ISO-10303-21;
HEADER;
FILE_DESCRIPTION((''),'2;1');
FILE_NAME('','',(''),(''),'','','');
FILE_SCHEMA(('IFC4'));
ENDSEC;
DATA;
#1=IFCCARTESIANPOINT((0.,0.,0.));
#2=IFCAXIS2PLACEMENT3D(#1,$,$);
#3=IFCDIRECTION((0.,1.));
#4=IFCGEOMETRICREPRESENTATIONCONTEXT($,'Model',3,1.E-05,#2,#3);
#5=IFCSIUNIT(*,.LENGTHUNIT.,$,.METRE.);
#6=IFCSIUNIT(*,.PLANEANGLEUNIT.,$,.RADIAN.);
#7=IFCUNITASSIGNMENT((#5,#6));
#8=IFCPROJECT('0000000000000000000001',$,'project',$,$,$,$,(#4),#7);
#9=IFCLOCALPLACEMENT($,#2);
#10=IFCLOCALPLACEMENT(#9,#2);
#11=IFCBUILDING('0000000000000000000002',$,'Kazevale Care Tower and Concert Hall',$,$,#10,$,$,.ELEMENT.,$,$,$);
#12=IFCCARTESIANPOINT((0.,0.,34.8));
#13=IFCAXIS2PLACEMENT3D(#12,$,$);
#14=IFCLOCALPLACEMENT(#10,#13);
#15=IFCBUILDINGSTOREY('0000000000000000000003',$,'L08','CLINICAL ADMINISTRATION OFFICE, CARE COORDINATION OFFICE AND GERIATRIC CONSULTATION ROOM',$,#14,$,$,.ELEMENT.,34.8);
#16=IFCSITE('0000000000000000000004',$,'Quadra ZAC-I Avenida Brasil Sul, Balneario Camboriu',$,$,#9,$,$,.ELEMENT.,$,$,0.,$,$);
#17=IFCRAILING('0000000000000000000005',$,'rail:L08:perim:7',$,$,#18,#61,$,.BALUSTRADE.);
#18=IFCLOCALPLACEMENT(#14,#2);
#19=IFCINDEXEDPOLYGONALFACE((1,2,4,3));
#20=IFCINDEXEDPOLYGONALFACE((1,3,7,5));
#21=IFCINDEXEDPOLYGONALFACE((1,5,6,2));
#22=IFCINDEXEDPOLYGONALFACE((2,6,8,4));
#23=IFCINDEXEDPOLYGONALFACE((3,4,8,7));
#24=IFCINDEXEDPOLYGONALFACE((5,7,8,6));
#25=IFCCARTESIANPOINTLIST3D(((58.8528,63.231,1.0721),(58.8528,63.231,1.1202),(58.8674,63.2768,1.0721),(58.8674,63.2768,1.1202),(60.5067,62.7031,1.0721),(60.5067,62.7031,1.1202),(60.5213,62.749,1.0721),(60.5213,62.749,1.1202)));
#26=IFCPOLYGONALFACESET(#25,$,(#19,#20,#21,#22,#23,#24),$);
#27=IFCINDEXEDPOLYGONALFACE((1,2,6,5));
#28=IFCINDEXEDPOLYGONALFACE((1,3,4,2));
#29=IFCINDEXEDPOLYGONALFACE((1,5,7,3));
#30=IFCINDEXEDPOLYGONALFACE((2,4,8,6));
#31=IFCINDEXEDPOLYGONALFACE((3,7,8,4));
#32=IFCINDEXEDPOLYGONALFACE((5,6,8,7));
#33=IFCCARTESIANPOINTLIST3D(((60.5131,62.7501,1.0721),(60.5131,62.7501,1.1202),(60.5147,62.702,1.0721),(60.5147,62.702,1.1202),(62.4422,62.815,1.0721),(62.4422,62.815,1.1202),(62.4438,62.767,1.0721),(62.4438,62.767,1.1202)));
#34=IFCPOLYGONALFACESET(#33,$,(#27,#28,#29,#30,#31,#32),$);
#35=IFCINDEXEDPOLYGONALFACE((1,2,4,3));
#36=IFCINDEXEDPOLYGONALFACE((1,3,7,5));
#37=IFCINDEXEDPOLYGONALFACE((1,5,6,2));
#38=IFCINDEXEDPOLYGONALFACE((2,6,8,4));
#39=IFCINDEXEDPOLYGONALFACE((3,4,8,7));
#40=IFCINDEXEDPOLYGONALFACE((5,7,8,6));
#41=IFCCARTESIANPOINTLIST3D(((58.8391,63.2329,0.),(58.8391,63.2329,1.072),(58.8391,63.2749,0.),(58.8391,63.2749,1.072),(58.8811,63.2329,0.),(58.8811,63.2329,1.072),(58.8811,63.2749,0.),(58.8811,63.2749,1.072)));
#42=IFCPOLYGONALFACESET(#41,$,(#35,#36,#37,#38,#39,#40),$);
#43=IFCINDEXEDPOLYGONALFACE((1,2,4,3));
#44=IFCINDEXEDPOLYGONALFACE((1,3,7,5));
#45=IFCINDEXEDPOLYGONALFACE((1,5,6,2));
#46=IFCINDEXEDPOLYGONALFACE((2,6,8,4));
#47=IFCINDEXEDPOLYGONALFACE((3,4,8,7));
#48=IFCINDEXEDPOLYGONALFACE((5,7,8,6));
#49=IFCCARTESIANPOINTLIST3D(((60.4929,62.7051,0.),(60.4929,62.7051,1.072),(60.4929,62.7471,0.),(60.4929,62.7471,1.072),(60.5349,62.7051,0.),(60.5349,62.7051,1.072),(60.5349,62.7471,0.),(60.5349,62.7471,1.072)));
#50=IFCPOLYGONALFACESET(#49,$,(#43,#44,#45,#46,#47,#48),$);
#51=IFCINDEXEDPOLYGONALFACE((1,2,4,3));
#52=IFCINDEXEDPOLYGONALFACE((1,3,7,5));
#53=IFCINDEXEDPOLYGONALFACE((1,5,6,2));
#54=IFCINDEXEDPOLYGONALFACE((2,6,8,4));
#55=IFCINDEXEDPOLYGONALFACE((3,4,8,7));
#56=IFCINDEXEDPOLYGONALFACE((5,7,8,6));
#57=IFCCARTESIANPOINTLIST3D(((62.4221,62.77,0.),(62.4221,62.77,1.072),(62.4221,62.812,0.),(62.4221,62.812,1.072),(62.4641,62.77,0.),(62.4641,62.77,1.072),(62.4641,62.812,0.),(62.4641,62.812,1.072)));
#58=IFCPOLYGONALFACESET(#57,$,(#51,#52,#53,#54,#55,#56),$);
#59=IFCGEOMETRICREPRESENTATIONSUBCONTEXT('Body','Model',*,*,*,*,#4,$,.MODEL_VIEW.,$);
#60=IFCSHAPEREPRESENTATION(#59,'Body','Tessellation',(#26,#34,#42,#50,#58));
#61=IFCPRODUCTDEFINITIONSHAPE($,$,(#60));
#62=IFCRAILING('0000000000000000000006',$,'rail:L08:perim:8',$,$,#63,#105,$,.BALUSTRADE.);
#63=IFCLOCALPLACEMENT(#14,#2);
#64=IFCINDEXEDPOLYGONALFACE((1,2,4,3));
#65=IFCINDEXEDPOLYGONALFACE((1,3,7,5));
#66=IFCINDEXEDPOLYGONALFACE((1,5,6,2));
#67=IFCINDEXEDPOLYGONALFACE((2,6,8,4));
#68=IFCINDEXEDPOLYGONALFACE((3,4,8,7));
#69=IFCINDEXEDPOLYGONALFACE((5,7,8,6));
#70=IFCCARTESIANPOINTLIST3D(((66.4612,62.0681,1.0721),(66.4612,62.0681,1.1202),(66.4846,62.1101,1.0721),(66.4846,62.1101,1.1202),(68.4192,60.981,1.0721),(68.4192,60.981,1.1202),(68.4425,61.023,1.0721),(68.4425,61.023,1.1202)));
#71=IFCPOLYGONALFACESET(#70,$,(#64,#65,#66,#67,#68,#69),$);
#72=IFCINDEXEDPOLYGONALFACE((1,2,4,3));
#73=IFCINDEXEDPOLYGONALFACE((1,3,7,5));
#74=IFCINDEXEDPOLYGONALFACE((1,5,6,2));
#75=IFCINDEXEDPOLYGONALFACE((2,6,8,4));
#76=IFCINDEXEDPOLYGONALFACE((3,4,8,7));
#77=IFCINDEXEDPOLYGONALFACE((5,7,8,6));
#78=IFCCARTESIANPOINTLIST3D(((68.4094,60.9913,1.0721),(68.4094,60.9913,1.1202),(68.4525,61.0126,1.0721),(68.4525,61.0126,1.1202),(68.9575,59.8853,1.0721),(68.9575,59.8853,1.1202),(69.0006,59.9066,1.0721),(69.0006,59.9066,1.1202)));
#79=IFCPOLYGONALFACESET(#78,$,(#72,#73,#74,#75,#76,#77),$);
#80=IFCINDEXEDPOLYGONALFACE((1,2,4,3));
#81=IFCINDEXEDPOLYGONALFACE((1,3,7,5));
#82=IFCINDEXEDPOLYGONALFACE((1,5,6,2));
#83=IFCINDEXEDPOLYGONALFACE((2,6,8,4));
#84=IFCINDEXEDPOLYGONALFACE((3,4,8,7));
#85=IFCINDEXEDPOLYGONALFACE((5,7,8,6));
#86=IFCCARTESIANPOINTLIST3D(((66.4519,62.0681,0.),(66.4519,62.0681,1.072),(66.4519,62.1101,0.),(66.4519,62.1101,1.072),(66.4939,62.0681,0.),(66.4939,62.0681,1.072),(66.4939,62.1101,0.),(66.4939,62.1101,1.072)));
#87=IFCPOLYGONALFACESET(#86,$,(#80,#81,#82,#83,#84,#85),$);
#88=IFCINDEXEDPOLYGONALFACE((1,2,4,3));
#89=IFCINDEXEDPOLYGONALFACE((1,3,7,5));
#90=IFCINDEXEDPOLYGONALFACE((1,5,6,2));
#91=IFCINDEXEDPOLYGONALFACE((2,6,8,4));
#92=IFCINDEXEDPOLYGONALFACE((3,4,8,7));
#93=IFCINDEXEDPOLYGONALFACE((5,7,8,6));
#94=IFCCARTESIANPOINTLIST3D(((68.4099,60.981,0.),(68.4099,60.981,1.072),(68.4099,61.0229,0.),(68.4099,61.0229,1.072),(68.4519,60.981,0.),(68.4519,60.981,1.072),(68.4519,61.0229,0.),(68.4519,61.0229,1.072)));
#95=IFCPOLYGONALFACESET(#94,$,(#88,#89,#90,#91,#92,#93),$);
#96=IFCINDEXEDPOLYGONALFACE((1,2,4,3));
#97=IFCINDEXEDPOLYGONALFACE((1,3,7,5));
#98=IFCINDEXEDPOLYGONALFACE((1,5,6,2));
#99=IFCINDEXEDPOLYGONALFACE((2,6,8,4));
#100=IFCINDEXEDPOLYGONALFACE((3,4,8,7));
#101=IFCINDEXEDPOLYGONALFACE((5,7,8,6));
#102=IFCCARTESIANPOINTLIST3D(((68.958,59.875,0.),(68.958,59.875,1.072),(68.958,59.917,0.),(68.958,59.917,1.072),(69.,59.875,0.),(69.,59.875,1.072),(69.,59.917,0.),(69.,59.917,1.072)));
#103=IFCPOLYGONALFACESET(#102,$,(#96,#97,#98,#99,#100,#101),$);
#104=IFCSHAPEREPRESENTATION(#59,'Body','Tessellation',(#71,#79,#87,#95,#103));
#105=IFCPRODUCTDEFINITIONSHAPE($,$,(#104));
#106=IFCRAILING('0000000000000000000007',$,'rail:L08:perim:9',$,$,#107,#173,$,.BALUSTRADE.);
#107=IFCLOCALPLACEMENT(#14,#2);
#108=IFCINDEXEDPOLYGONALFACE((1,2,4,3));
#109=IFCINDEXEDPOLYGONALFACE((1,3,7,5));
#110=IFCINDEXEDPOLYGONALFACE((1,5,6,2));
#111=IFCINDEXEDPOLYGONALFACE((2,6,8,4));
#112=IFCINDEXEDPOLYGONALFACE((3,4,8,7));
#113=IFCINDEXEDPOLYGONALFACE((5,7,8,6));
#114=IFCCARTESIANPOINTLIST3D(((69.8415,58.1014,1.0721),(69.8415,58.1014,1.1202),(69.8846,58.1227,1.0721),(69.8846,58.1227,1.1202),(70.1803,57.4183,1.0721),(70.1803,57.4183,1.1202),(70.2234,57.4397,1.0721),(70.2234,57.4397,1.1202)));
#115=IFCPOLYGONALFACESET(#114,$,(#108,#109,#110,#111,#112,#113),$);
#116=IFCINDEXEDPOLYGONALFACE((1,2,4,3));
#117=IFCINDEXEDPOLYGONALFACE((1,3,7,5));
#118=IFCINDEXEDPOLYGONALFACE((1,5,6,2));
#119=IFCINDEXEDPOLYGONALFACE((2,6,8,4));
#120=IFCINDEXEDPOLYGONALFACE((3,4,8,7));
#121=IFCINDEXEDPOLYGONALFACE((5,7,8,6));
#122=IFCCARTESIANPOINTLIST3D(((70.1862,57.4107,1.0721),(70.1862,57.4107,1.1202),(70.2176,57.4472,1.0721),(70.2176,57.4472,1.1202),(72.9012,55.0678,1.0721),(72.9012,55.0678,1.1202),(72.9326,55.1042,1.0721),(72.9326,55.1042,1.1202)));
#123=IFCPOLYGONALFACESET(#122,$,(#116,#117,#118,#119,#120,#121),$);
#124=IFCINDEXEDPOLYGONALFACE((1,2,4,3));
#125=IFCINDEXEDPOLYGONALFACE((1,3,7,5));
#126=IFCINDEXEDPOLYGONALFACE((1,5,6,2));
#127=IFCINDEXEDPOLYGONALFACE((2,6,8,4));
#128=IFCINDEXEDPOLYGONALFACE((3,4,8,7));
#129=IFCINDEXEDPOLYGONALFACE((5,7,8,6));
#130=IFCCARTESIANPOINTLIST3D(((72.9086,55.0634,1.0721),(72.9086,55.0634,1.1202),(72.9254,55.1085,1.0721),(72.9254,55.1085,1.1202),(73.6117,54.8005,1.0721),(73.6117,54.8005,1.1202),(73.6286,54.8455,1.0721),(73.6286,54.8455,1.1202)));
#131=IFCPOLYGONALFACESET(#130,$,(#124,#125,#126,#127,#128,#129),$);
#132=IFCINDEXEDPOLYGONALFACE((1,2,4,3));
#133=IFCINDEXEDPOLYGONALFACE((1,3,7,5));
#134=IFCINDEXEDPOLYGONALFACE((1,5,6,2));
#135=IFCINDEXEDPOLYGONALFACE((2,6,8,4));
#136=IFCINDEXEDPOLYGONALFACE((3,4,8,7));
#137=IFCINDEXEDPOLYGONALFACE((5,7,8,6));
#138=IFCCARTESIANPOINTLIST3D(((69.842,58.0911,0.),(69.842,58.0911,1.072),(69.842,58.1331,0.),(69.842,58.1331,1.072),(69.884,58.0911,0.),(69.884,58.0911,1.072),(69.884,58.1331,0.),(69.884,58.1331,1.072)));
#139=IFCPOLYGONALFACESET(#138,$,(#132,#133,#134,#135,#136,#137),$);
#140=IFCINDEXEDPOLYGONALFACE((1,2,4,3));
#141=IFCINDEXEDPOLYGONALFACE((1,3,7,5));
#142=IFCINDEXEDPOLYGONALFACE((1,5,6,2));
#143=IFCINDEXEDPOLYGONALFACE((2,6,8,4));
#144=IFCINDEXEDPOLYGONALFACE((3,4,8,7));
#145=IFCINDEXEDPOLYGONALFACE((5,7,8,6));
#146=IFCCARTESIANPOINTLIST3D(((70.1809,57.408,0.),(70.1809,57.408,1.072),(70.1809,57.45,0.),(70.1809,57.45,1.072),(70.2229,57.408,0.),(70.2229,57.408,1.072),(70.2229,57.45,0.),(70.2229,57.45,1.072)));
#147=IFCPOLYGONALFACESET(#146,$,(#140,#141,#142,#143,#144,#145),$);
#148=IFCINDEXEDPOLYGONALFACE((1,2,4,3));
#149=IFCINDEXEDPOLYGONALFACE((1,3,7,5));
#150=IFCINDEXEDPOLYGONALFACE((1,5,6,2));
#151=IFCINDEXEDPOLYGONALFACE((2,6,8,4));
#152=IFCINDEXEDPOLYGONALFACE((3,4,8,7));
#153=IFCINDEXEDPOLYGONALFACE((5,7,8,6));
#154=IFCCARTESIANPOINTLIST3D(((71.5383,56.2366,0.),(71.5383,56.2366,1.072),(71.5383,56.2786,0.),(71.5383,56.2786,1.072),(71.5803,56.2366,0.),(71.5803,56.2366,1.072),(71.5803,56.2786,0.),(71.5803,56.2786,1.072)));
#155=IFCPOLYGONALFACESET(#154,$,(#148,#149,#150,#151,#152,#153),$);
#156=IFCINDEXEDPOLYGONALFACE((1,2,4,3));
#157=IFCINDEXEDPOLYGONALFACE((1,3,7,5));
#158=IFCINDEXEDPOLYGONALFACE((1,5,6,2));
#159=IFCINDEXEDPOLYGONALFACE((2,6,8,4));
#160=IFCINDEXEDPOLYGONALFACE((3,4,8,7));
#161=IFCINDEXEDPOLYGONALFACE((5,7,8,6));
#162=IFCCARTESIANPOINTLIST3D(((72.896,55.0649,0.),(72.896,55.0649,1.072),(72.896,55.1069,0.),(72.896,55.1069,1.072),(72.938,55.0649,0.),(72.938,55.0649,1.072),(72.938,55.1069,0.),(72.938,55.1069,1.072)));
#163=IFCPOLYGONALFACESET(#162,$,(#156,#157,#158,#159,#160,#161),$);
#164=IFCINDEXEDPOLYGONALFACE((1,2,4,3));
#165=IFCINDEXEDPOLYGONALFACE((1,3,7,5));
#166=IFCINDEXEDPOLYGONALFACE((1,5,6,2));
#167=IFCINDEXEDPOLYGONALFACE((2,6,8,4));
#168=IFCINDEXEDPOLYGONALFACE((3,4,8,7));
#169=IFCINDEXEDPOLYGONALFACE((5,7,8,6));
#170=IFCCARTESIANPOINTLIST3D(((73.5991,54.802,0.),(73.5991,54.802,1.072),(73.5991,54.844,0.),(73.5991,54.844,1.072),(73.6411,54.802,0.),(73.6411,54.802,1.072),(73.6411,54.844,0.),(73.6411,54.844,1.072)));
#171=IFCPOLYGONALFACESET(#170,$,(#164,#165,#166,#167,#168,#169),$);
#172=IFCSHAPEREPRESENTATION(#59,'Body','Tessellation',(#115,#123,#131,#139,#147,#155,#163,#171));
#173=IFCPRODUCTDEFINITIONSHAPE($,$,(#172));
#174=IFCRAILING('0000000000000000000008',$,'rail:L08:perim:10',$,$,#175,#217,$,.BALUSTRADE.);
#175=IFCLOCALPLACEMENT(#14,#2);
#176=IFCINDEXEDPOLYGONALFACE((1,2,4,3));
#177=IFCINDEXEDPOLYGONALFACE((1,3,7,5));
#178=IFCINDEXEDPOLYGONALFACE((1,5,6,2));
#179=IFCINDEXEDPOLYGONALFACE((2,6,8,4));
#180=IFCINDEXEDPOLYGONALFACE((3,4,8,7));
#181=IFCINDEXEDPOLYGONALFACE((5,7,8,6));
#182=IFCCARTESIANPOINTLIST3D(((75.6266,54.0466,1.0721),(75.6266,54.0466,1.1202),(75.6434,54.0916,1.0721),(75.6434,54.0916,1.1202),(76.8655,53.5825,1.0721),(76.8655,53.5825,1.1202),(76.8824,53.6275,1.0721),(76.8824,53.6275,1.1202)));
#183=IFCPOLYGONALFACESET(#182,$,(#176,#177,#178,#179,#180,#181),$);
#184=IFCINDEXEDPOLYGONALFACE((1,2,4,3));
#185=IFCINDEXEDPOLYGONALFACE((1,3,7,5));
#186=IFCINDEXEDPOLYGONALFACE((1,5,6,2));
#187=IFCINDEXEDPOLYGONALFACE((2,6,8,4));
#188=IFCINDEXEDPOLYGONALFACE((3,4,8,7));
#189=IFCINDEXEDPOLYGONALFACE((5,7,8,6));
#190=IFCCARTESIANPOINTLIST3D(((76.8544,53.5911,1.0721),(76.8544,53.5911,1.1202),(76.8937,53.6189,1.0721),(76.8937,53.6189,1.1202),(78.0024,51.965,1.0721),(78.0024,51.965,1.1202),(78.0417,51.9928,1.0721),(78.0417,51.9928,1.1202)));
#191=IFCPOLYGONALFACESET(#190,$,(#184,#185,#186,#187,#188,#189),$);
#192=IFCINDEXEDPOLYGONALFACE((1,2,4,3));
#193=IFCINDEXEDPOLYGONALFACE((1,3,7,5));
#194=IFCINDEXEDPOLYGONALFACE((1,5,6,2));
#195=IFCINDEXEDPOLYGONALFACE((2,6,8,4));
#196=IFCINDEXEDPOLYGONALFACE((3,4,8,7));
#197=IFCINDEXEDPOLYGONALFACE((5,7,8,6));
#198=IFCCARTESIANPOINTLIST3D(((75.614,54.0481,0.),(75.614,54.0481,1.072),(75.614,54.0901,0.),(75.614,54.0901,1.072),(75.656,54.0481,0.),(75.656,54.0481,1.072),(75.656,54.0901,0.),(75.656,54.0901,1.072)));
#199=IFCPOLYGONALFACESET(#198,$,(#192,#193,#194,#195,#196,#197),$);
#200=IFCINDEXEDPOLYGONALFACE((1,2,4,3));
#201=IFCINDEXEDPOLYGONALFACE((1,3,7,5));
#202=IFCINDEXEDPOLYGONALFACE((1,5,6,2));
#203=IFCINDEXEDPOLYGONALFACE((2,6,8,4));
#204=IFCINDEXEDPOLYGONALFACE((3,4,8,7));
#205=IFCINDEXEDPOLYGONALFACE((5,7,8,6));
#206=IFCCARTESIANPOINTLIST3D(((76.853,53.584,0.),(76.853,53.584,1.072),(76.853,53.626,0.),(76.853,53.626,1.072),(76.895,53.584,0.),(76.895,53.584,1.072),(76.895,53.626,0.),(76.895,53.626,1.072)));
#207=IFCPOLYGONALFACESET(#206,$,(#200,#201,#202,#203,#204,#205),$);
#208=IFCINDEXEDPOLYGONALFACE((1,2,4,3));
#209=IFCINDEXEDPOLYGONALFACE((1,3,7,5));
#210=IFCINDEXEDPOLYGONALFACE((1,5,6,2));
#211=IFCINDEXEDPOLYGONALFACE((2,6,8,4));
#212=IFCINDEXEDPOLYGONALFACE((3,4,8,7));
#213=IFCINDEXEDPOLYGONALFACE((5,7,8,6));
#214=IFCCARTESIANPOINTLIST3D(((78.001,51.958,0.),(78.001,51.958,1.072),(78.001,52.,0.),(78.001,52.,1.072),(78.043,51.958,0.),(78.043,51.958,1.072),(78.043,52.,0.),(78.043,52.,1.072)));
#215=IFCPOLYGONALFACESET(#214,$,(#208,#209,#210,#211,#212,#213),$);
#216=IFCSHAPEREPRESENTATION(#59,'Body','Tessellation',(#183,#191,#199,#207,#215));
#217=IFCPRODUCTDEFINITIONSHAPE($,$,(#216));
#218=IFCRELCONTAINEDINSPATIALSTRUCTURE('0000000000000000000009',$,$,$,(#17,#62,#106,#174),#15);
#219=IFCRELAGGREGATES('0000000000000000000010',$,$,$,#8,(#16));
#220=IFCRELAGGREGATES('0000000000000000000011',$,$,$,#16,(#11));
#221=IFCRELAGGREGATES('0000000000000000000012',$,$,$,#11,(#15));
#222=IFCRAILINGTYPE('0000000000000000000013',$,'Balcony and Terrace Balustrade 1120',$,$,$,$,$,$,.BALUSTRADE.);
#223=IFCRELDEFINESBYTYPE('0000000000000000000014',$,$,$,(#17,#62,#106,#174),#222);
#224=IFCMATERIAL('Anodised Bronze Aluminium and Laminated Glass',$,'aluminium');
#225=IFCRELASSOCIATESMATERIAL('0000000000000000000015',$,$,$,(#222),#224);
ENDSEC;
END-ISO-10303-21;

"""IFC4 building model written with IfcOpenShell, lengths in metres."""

from ifc_helpers import new_model, si_unit, direction, frame, origin, origin_2d, place, context, subcontext, project, spatial, rectangle, extrude, material, type_object, element, save


model = new_model("IFC4")

# Units and contexts
model_context = context("Model", 3, precision=1e-05, world=origin(), true_north=direction((0.0, 1.0)))
body_context = subcontext(model_context, "Body", "Model", "MODEL_VIEW")
ifc_project = project(units=[si_unit("LENGTHUNIT", "METRE"), si_unit("PLANEANGLEUNIT", "RADIAN")], contexts=[model_context])

# Site, building, storey
site_placement = place(None, origin())
site = spatial("IfcSite", under=ifc_project, at=site_placement, Name="Quadra ZAC-I Avenida Brasil Sul, Balneario Camboriu", CompositionType="ELEMENT", RefElevation=0.0)
building_placement = place(site_placement, origin())
building = spatial("IfcBuilding", under=site, at=building_placement, Name="Kazevale Care Tower and Concert Hall", CompositionType="ELEMENT")
storey_placement = place(building_placement, frame((0.0, 0.0, 34.8)))
storey = spatial("IfcBuildingStorey", under=building, at=storey_placement, Name="L08", Description="CLINICAL ADMINISTRATION OFFICE, CARE COORDINATION OFFICE AND GERIATRIC CONSULTATION ROOM", CompositionType="ELEMENT", Elevation=34.8)

# Railings
ifc_material_1 = material(Name="Anodised Bronze Aluminium and Laminated Glass", Category="aluminium")
railing_type = type_object("IfcRailingType", Name="Balcony and Terrace Balustrade 1120", PredefinedType="BALUSTRADE", material=ifc_material_1)
railing_1_placement = place(storey_placement, frame((58.8601, 63.2539, 0.0)))
element("IfcRailing", 1, at=railing_1_placement, inside=storey, type_object=railing_type, Name="rail:L08:perim:7", PredefinedType="BALUSTRADE", context=body_context, shape_type="SweptSolid", body=[
    extrude(rectangle(XDim=0.0481, YDim=0.0481, at=origin_2d()), frame((0.0, 0.0, 1.0962), z_axis=(0.952656, -0.304051, 0.0), x_axis=(0.304051, 0.952656, 0.0)), (0.0, 0.0, 1.0), 1.7361),
    extrude(rectangle(XDim=0.0481, YDim=0.0481, at=origin_2d()), frame((1.6538, -0.5278, 1.0962), z_axis=(0.999434, 0.033643, 0.0), x_axis=(-0.033643, 0.999434, 0.0)), (0.0, 0.0, 1.0), 1.9302),
    extrude(rectangle(XDim=0.042, YDim=0.042, at=origin_2d()), origin(), (0.0, 0.0, 1.0), 1.072),
    extrude(rectangle(XDim=0.042, YDim=0.042, at=origin_2d()), frame((1.6538, -0.5278, 0.0)), (0.0, 0.0, 1.0), 1.072),
    extrude(rectangle(XDim=0.042, YDim=0.042, at=origin_2d()), frame((3.583, -0.4629, 0.0)), (0.0, 0.0, 1.0), 1.072),
])
railing_2_placement = place(storey_placement, frame((66.4729, 62.0891, 0.0)))
element("IfcRailing", 2, at=railing_2_placement, inside=storey, type_object=railing_type, Name="rail:L08:perim:8", PredefinedType="BALUSTRADE", context=body_context, shape_type="SweptSolid", body=[
    extrude(rectangle(XDim=0.0481, YDim=0.0481, at=origin_2d()), frame((0.0, 0.0, 1.0962), z_axis=(0.874276, -0.48543, 0.0), x_axis=(0.48543, 0.874276, 0.0)), (0.0, 0.0, 1.0), 2.2395),
    extrude(rectangle(XDim=0.0481, YDim=0.0481, at=origin_2d()), frame((1.958, -1.0872, 1.0962), z_axis=(0.444046, -0.896004, 0.0), x_axis=(0.896004, 0.444046, 0.0)), (0.0, 0.0, 1.0), 1.2344),
    extrude(rectangle(XDim=0.042, YDim=0.042, at=origin_2d()), origin(), (0.0, 0.0, 1.0), 1.072),
    extrude(rectangle(XDim=0.042, YDim=0.042, at=origin_2d()), frame((1.958, -1.0872, 0.0)), (0.0, 0.0, 1.0), 1.072),
    extrude(rectangle(XDim=0.042, YDim=0.042, at=origin_2d()), frame((2.5061, -2.1931, 0.0)), (0.0, 0.0, 1.0), 1.072),
])
railing_3_placement = place(storey_placement, frame((69.863, 58.1121, 0.0)))
element("IfcRailing", 3, at=railing_3_placement, inside=storey, type_object=railing_type, Name="rail:L08:perim:9", PredefinedType="BALUSTRADE", context=body_context, shape_type="SweptSolid", body=[
    extrude(rectangle(XDim=0.0481, YDim=0.0481, at=origin_2d()), frame((0.0, 0.0, 1.0962), z_axis=(0.444394, -0.895831, 0.0), x_axis=(0.895831, 0.444394, 0.0)), (0.0, 0.0, 1.0), 0.7625),
    extrude(rectangle(XDim=0.0481, YDim=0.0481, at=origin_2d()), frame((0.3389, -0.6831, 1.0962), z_axis=(0.757076, -0.653327, 0.0), x_axis=(0.653327, 0.757076, 0.0)), (0.0, 0.0, 1.0), 3.5862),
    extrude(rectangle(XDim=0.0481, YDim=0.0481, at=origin_2d()), frame((3.054, -3.0261, 1.0962), z_axis=(0.93665, -0.350268, 0.0), x_axis=(0.350268, 0.93665, 0.0)), (0.0, 0.0, 1.0), 0.7507),
    extrude(rectangle(XDim=0.042, YDim=0.042, at=origin_2d()), origin(), (0.0, 0.0, 1.0), 1.072),
    extrude(rectangle(XDim=0.042, YDim=0.042, at=origin_2d()), frame((0.3389, -0.6831, 0.0)), (0.0, 0.0, 1.0), 1.072),
    extrude(rectangle(XDim=0.042, YDim=0.042, at=origin_2d()), frame((1.6963, -1.8545, 0.0)), (0.0, 0.0, 1.0), 1.072),
    extrude(rectangle(XDim=0.042, YDim=0.042, at=origin_2d()), frame((3.054, -3.0261, 0.0)), (0.0, 0.0, 1.0), 1.072),
    extrude(rectangle(XDim=0.042, YDim=0.042, at=origin_2d()), frame((3.7571, -3.2891, 0.0)), (0.0, 0.0, 1.0), 1.072),
])
railing_4_placement = place(storey_placement, frame((75.635, 54.0691, 0.0)))
element("IfcRailing", 4, at=railing_4_placement, inside=storey, type_object=railing_type, Name="rail:L08:perim:10", PredefinedType="BALUSTRADE", context=body_context, shape_type="SweptSolid", body=[
    extrude(rectangle(XDim=0.0481, YDim=0.0481, at=origin_2d()), frame((0.0, 0.0, 1.0962), z_axis=(0.936458, -0.35078, 0.0), x_axis=(0.35078, 0.936458, 0.0)), (0.0, 0.0, 1.0), 1.323),
    extrude(rectangle(XDim=0.0481, YDim=0.0481, at=origin_2d()), frame((1.239, -0.4641, 1.0962), z_axis=(0.576751, -0.81692, 0.0), x_axis=(0.81692, 0.576751, 0.0)), (0.0, 0.0, 1.0), 1.9905),
    extrude(rectangle(XDim=0.042, YDim=0.042, at=origin_2d()), origin(), (0.0, 0.0, 1.0), 1.072),
    extrude(rectangle(XDim=0.042, YDim=0.042, at=origin_2d()), frame((1.239, -0.4641, 0.0)), (0.0, 0.0, 1.0), 1.072),
    extrude(rectangle(XDim=0.042, YDim=0.042, at=origin_2d()), frame((2.387, -2.0901, 0.0)), (0.0, 0.0, 1.0), 1.072),
])

save(model, "model.ifc")
